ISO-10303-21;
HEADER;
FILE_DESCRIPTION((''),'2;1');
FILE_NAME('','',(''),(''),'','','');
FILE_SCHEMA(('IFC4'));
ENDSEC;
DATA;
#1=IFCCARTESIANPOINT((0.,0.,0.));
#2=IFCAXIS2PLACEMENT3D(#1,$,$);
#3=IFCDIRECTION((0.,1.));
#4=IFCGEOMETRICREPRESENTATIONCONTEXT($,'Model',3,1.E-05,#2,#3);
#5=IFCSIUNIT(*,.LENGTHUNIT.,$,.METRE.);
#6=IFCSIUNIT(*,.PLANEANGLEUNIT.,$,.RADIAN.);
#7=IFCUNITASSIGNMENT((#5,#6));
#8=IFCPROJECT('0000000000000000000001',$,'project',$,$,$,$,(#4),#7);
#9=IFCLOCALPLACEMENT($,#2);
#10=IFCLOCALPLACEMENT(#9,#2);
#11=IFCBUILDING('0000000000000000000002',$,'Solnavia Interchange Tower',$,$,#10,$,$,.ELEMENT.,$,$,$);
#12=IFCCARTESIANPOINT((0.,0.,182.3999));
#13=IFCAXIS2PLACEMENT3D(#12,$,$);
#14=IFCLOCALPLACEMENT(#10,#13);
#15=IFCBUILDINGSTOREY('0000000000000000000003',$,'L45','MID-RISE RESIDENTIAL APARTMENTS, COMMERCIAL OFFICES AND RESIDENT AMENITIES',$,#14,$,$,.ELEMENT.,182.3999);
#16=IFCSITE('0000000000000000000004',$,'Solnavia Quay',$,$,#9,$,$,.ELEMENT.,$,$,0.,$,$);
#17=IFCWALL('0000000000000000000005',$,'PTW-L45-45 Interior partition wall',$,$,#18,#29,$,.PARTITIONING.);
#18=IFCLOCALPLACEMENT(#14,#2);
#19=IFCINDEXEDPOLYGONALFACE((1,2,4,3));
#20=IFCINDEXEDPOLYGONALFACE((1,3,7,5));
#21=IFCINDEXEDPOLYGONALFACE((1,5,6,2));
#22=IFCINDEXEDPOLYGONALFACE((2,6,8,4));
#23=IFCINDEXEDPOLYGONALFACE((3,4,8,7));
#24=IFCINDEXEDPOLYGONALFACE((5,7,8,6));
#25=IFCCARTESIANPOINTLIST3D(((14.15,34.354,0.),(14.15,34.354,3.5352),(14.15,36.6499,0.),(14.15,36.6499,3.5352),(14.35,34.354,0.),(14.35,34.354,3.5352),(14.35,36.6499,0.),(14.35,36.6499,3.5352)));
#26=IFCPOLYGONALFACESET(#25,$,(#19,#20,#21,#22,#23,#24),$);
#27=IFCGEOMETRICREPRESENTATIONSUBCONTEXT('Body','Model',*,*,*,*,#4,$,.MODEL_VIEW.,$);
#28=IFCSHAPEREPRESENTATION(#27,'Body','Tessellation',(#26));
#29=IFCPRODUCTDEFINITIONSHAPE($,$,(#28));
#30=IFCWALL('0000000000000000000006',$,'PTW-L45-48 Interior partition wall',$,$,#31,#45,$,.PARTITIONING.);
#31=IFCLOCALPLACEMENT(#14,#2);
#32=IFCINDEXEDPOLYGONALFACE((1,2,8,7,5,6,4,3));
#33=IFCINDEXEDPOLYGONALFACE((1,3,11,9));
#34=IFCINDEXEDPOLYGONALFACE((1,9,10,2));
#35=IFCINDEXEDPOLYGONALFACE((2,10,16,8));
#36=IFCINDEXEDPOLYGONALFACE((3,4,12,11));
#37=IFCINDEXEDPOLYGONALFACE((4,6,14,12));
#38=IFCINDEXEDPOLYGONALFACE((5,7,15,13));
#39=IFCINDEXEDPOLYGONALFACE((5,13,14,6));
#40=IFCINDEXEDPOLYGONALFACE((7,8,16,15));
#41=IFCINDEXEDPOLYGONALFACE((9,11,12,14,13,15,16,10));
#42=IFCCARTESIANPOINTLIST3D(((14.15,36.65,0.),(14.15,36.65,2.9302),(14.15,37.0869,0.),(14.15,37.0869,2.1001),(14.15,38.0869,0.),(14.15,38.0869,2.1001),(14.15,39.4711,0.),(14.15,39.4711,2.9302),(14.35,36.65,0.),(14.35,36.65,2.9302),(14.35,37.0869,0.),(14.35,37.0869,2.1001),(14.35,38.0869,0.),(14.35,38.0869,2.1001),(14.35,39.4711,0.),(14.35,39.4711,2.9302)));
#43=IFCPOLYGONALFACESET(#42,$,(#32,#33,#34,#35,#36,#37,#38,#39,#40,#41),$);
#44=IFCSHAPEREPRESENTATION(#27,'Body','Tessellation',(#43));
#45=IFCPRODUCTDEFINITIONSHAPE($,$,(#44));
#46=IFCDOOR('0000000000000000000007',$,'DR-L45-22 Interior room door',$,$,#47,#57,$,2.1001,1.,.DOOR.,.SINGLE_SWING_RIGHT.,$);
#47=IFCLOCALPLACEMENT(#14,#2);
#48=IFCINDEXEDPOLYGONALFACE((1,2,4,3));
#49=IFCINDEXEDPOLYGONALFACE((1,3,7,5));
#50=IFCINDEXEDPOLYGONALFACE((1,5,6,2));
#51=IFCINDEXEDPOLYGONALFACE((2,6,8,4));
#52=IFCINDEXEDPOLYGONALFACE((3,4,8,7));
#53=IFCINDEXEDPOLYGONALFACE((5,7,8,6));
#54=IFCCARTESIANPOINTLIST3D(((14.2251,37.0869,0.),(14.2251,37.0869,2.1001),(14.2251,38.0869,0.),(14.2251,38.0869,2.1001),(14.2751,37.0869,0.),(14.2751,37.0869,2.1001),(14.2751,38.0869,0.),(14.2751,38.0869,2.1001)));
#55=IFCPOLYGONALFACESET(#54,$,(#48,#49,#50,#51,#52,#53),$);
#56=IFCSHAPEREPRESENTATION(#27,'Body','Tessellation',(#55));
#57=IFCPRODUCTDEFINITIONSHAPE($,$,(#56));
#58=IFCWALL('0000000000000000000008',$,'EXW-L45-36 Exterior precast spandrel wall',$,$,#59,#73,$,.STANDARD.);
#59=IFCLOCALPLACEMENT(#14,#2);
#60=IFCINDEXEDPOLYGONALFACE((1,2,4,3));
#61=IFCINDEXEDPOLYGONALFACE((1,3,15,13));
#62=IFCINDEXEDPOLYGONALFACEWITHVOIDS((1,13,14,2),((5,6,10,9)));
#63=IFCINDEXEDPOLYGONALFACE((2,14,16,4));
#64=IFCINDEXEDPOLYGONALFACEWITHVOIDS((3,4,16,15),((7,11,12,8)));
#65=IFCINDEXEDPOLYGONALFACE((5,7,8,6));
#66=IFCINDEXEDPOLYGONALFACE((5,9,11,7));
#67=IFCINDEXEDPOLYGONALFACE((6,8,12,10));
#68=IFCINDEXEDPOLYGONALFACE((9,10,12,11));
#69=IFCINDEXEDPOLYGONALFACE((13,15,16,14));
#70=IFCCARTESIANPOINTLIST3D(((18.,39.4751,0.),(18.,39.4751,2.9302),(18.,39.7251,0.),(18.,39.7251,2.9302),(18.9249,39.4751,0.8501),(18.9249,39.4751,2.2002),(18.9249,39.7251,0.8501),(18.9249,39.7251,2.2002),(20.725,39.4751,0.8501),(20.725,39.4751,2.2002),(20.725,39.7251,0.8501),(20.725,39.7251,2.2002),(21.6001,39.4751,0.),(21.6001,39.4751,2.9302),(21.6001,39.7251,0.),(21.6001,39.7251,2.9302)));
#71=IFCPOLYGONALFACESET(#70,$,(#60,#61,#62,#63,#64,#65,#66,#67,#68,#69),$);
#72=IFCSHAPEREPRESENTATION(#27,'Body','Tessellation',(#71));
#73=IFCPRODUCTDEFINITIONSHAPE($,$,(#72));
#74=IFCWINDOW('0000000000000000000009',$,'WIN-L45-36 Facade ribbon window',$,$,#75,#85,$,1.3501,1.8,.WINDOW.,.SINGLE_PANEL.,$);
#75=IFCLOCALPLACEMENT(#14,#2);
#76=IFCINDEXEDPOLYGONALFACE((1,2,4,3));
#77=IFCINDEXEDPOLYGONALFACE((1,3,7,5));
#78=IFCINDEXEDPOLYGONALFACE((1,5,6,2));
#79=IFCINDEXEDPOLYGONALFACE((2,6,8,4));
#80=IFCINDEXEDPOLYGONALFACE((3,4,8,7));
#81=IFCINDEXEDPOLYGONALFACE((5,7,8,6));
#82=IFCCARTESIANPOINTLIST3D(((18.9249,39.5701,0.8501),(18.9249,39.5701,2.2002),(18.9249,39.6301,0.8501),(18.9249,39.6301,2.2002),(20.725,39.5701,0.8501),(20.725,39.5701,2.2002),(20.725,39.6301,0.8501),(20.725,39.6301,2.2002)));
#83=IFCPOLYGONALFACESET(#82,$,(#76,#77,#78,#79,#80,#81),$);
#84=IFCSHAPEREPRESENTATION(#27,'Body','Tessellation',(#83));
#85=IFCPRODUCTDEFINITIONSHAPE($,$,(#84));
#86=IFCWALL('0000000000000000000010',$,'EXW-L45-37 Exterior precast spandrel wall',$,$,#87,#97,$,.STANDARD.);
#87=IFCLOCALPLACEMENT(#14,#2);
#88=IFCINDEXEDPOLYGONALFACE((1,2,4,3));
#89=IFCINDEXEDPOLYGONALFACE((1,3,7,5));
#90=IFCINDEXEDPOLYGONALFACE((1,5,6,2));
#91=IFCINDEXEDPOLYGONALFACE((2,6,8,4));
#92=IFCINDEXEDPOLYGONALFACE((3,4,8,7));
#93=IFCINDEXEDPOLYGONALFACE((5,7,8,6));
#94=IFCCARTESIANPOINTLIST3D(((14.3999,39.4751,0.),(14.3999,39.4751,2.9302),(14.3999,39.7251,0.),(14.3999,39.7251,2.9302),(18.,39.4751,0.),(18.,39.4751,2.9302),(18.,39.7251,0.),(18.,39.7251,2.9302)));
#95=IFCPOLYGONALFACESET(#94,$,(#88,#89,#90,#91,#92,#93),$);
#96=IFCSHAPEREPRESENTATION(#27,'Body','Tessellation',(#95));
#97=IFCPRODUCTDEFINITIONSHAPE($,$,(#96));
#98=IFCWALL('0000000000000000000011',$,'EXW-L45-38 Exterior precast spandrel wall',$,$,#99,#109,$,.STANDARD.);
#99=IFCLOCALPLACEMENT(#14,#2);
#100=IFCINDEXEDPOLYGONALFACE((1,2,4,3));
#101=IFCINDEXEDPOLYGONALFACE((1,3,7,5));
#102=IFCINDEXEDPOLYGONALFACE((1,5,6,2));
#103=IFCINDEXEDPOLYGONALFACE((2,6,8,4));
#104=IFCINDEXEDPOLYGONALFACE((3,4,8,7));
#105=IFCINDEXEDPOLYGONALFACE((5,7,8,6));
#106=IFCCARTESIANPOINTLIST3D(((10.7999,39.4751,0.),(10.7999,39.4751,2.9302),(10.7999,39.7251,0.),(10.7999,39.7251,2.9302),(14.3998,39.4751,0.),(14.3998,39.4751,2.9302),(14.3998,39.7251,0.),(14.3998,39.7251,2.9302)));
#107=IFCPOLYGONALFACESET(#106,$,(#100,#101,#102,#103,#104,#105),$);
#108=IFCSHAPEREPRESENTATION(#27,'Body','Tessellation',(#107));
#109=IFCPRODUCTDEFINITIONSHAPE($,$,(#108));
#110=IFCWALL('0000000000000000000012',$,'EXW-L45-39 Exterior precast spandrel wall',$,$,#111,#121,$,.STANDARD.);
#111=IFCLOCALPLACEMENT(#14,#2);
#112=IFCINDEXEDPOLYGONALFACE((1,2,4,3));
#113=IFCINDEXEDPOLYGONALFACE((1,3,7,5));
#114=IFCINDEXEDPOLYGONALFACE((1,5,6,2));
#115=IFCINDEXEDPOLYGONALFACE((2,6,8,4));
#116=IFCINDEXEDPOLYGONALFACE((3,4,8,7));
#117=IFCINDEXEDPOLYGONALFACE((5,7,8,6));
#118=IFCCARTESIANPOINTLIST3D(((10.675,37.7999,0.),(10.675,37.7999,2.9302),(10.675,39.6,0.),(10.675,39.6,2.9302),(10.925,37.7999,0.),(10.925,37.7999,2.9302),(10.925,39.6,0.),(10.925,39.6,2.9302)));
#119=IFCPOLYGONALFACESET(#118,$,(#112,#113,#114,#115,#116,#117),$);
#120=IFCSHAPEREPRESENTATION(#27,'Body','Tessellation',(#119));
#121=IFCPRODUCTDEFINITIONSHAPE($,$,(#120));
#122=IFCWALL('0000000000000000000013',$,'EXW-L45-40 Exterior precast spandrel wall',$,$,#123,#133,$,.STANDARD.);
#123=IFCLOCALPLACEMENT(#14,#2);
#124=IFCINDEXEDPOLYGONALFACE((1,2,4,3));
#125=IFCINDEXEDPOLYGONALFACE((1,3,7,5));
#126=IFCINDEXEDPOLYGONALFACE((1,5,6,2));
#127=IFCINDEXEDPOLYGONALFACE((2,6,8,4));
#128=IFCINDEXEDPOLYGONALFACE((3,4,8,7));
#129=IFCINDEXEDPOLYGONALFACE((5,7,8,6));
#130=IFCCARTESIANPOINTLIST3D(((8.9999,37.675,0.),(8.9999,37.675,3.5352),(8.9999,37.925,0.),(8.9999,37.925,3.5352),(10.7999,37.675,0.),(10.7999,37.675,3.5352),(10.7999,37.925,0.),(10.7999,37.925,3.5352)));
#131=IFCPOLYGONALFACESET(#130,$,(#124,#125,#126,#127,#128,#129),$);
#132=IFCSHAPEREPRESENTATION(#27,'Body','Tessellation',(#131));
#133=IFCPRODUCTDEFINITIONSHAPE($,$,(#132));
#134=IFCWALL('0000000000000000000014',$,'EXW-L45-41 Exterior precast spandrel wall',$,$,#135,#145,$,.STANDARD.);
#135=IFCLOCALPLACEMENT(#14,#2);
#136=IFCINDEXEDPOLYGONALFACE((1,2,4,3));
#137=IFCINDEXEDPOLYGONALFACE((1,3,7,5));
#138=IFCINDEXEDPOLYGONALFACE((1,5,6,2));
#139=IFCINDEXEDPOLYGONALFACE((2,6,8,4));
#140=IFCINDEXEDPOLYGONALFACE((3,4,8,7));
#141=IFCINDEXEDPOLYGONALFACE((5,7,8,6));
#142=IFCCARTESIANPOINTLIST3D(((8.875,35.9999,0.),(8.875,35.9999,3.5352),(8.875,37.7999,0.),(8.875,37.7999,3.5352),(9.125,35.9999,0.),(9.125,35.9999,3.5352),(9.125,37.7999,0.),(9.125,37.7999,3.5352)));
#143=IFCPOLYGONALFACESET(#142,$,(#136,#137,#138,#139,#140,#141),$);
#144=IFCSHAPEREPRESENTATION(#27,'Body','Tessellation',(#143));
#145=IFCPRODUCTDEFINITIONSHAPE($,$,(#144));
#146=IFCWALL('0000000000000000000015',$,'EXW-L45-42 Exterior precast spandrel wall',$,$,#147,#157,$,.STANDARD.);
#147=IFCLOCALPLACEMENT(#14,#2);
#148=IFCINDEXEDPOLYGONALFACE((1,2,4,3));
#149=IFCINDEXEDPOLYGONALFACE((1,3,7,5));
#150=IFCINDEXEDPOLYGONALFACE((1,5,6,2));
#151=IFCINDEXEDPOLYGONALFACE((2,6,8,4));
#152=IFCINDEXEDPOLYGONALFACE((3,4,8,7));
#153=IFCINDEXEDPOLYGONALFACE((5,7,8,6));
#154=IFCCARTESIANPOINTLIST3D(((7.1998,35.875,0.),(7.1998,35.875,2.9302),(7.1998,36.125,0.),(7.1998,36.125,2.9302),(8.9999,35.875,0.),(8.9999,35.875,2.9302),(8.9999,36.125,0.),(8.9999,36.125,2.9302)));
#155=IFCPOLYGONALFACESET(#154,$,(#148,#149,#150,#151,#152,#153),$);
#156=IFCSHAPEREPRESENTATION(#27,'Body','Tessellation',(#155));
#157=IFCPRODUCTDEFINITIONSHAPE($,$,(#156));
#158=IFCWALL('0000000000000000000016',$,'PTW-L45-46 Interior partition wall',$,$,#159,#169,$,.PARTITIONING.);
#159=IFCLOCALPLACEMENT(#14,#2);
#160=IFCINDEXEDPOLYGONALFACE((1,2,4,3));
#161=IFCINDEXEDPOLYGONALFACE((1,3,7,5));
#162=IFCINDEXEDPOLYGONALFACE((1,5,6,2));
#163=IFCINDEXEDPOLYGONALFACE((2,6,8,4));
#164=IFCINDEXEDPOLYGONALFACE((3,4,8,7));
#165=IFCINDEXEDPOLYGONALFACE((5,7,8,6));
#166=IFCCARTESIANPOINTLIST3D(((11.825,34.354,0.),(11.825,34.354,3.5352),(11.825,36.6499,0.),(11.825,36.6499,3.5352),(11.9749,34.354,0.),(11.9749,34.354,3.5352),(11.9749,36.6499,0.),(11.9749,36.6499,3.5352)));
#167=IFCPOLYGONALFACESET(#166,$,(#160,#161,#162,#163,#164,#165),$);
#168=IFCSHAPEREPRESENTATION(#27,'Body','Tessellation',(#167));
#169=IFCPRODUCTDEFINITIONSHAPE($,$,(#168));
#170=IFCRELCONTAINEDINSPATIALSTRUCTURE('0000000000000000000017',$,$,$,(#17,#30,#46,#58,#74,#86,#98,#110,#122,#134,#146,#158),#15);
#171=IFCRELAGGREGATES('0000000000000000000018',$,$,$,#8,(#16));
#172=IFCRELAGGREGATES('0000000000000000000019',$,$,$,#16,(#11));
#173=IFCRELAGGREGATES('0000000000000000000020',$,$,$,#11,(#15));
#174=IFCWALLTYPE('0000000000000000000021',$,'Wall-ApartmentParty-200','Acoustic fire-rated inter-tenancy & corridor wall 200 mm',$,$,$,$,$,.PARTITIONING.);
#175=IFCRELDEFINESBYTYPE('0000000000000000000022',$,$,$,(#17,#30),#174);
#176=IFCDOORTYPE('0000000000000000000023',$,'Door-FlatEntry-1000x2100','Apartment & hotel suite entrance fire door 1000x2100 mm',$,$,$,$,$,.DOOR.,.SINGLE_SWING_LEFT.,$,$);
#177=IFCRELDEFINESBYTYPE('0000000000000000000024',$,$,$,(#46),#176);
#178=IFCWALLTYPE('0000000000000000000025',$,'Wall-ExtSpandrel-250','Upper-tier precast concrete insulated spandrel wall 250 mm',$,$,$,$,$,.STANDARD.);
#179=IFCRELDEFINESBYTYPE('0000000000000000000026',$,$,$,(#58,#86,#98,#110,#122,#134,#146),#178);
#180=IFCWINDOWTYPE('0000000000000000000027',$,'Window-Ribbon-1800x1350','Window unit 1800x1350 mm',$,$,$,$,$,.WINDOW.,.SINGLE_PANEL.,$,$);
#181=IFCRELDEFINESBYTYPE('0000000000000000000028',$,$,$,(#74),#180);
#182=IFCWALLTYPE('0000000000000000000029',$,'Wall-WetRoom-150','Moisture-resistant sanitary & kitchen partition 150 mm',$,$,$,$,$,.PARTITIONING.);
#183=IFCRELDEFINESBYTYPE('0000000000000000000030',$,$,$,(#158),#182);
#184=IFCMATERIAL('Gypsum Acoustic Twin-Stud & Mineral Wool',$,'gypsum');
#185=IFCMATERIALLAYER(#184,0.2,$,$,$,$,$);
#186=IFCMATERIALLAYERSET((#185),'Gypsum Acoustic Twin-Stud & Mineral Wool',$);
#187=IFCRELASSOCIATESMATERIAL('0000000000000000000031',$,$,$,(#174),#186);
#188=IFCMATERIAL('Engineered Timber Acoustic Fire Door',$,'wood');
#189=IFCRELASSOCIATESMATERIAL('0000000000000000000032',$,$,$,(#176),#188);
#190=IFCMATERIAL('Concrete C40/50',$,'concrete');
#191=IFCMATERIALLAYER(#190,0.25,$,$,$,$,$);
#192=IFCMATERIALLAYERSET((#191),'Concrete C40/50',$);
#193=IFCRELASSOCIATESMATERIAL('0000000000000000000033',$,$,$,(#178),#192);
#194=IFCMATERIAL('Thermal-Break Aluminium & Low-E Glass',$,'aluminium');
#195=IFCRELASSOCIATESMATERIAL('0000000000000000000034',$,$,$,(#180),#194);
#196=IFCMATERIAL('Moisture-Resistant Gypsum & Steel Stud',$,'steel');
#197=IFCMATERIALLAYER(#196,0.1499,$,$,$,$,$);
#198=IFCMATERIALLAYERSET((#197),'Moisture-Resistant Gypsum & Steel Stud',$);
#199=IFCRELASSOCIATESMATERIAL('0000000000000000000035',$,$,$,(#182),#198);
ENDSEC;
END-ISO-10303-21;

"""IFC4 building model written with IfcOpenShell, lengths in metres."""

from ifc_helpers import new_model, si_unit, direction, frame, frame_2d, origin, place, context, subcontext, project, spatial, rectangle, extrude, material, layer, layer_set, type_object, element, fill, save


model = new_model("IFC4")

# Units and contexts
model_context = context("Model", 3, precision=1e-05, world=origin(), true_north=direction((0.0, 1.0)))
body_context = subcontext(model_context, "Body", "Model", "MODEL_VIEW")
ifc_project = project(units=[si_unit("LENGTHUNIT", "METRE"), si_unit("PLANEANGLEUNIT", "RADIAN")], contexts=[model_context])

# Site, building, storey
site_placement = place(None, origin())
site = spatial("IfcSite", under=ifc_project, at=site_placement, Name="Solnavia Quay", CompositionType="ELEMENT", RefElevation=0.0)
building_placement = place(site_placement, origin())
building = spatial("IfcBuilding", under=site, at=building_placement, Name="Solnavia Interchange Tower", CompositionType="ELEMENT")
storey_placement = place(building_placement, frame((0.0, 0.0, 182.3999)))
storey = spatial("IfcBuildingStorey", under=building, at=storey_placement, Name="L45", Description="MID-RISE RESIDENTIAL APARTMENTS, COMMERCIAL OFFICES AND RESIDENT AMENITIES", CompositionType="ELEMENT", Elevation=182.3999)

# Wall
ifc_material_1 = material(Name="Gypsum Acoustic Twin-Stud & Mineral Wool", Category="gypsum")
ifc_layer_1 = layer(ifc_material_1, 0.2)
ifc_layer_set_1 = layer_set([ifc_layer_1], Name="Gypsum Acoustic Twin-Stud & Mineral Wool")
wall_type_1 = type_object("IfcWallType", Name="Wall-ApartmentParty-200", Description="Acoustic fire-rated inter-tenancy & corridor wall 200 mm", PredefinedType="PARTITIONING", material=ifc_layer_set_1)
wall_1_placement = place(storey_placement, frame((14.25, 34.354, 0.0), z_axis=(0.0, 0.0, 1.0), x_axis=(0.0, 1.0, 0.0)))
element("IfcWall", 1, at=wall_1_placement, inside=storey, type_object=wall_type_1, Name="PTW-L45-45 Interior partition wall", PredefinedType="PARTITIONING", context=body_context, shape_type="SweptSolid", body=[
    extrude(rectangle(XDim=2.2959, YDim=0.2, at=frame_2d((1.1479, 0.0))), origin(), (0.0, 0.0, 1.0), 3.5352),
])

# Wall, opening, door
wall_2_placement = place(storey_placement, frame((14.25, 36.6499, 0.0), z_axis=(0.0, 0.0, 1.0), x_axis=(0.0, 1.0, 0.0)))
wall_2 = element("IfcWall", 2, at=wall_2_placement, inside=storey, type_object=wall_type_1, Name="PTW-L45-48 Interior partition wall", PredefinedType="PARTITIONING", context=body_context, shape_type="SweptSolid", body=[
    extrude(rectangle(XDim=2.821, YDim=0.2, at=frame_2d((1.4106, 0.0))), origin(), (0.0, 0.0, 1.0), 2.9302),
])
opening_1_placement = place(wall_2_placement, frame((0.437, 0.0, 0.0)))
opening_1 = element("IfcOpeningElement", 3, at=opening_1_placement, cuts=wall_2, PredefinedType="OPENING", context=body_context, shape_type="SweptSolid", body=[
    extrude(rectangle(XDim=1.0, YDim=2.1001, at=frame_2d((0.5, 1.05))), frame((0.0, 0.1099, 0.0), z_axis=(0.0, -1.0, 0.0), x_axis=(1.0, 0.0, 0.0)), (0.0, 0.0, 1.0), 0.22),
])
ifc_material_2 = material(Name="Engineered Timber Acoustic Fire Door", Category="wood")
door_type_1 = type_object("IfcDoorType", Name="Door-FlatEntry-1000x2100", Description="Apartment & hotel suite entrance fire door 1000x2100 mm", OperationType="SINGLE_SWING_LEFT", PredefinedType="DOOR", material=ifc_material_2)
door_1_placement = place(opening_1_placement, origin())
door_1 = element("IfcDoor", 4, at=door_1_placement, inside=storey, type_object=door_type_1, Name="DR-L45-22 Interior room door", OperationType="SINGLE_SWING_RIGHT", OverallHeight=2.1001, OverallWidth=1.0, PredefinedType="DOOR", context=body_context, shape_type="SweptSolid", body=[
    extrude(rectangle(XDim=1.0, YDim=2.1001, at=frame_2d((0.5, 1.05))), frame((0.0, 0.0249, 0.0), z_axis=(0.0, -1.0, 0.0), x_axis=(1.0, 0.0, 0.0)), (0.0, 0.0, 1.0), 0.05),
])
fill(opening_1, door_1)

# Wall, opening, window
ifc_material_3 = material(Name="Concrete C40/50", Category="concrete")
ifc_layer_2 = layer(ifc_material_3, 0.25)
ifc_layer_set_2 = layer_set([ifc_layer_2], Name="Concrete C40/50")
wall_type_2 = type_object("IfcWallType", Name="Wall-ExtSpandrel-250", Description="Upper-tier precast concrete insulated spandrel wall 250 mm", PredefinedType="STANDARD", material=ifc_layer_set_2)
wall_3_placement = place(storey_placement, frame((18.0, 39.6001, 0.0), z_axis=(0.0, 0.0, 1.0), x_axis=(1.0, 0.0, 0.0)))
wall_3 = element("IfcWall", 5, at=wall_3_placement, inside=storey, type_object=wall_type_2, Name="EXW-L45-36 Exterior precast spandrel wall", PredefinedType="STANDARD", context=body_context, shape_type="SweptSolid", body=[
    extrude(rectangle(XDim=3.6001, YDim=0.25, at=frame_2d((1.8, 0.0))), origin(), (0.0, 0.0, 1.0), 2.9302),
])
opening_2_placement = place(wall_3_placement, frame((0.925, 0.0, 0.8501)))
opening_2 = element("IfcOpeningElement", 6, at=opening_2_placement, cuts=wall_3, PredefinedType="OPENING", context=body_context, shape_type="SweptSolid", body=[
    extrude(rectangle(XDim=1.8, YDim=1.3501, at=frame_2d((0.8999, 0.675))), frame((0.0, 0.135, 0.0), z_axis=(0.0, -1.0, 0.0), x_axis=(1.0, 0.0, 0.0)), (0.0, 0.0, 1.0), 0.27),
])
ifc_material_4 = material(Name="Thermal-Break Aluminium & Low-E Glass", Category="aluminium")
window_type = type_object("IfcWindowType", Name="Window-Ribbon-1800x1350", Description="Window unit 1800x1350 mm", PartitioningType="SINGLE_PANEL", PredefinedType="WINDOW", material=ifc_material_4)
window_placement = place(opening_2_placement, origin())
window = element("IfcWindow", 7, at=window_placement, inside=storey, type_object=window_type, Name="WIN-L45-36 Facade ribbon window", OverallHeight=1.3501, OverallWidth=1.8, PartitioningType="SINGLE_PANEL", PredefinedType="WINDOW", context=body_context, shape_type="SweptSolid", body=[
    extrude(rectangle(XDim=1.8, YDim=1.3501, at=frame_2d((0.8999, 0.675))), frame((0.0, 0.03, 0.0), z_axis=(0.0, -1.0, 0.0), x_axis=(1.0, 0.0, 0.0)), (0.0, 0.0, 1.0), 0.0601),
])
fill(opening_2, window)

# Walls
wall_4_placement = place(storey_placement, frame((14.3999, 39.6001, 0.0), z_axis=(0.0, 0.0, 1.0), x_axis=(1.0, 0.0, 0.0)))
element("IfcWall", 8, at=wall_4_placement, inside=storey, type_object=wall_type_2, Name="EXW-L45-37 Exterior precast spandrel wall", PredefinedType="STANDARD", context=body_context, shape_type="SweptSolid", body=[
    extrude(rectangle(XDim=3.6001, YDim=0.25, at=frame_2d((1.8, 0.0))), origin(), (0.0, 0.0, 1.0), 2.9302),
])
wall_5_placement = place(storey_placement, frame((10.8, 39.6001, 0.0), z_axis=(0.0, 0.0, 1.0), x_axis=(1.0, 0.0, 0.0)))
element("IfcWall", 9, at=wall_5_placement, inside=storey, type_object=wall_type_2, Name="EXW-L45-38 Exterior precast spandrel wall", PredefinedType="STANDARD", context=body_context, shape_type="SweptSolid", body=[
    extrude(rectangle(XDim=3.5999, YDim=0.25, at=frame_2d((1.7998, 0.0))), origin(), (0.0, 0.0, 1.0), 2.9302),
])
wall_6_placement = place(storey_placement, frame((10.8, 37.8, 0.0), z_axis=(0.0, 0.0, 1.0), x_axis=(0.0, 1.0, 0.0)))
element("IfcWall", 10, at=wall_6_placement, inside=storey, type_object=wall_type_2, Name="EXW-L45-39 Exterior precast spandrel wall", PredefinedType="STANDARD", context=body_context, shape_type="SweptSolid", body=[
    extrude(rectangle(XDim=1.8, YDim=0.25, at=frame_2d((0.8999, 0.0))), origin(), (0.0, 0.0, 1.0), 2.9302),
])
for number, where, z_axis, x_axis, name in (
    (11, (9.0, 37.8, 0.0), (0.0, 0.0, 1.0), (1.0, 0.0, 0.0), "EXW-L45-40 Exterior precast spandrel wall"),
    (12, (9.0, 36.0, 0.0), (0.0, 0.0, 1.0), (0.0, 1.0, 0.0), "EXW-L45-41 Exterior precast spandrel wall"),
):
    element("IfcWall", number, at=place(storey_placement, frame(where, z_axis=z_axis, x_axis=x_axis)), inside=storey, type_object=wall_type_2, Name=name, PredefinedType="STANDARD", context=body_context, shape_type="SweptSolid", body=[
        extrude(rectangle(XDim=1.8, YDim=0.25, at=frame_2d((0.8999, 0.0))), origin(), (0.0, 0.0, 1.0), 3.5352),
    ])
wall_7_placement = place(storey_placement, frame((7.2, 36.0, 0.0), z_axis=(0.0, 0.0, 1.0), x_axis=(1.0, 0.0, 0.0)))
element("IfcWall", 13, at=wall_7_placement, inside=storey, type_object=wall_type_2, Name="EXW-L45-42 Exterior precast spandrel wall", PredefinedType="STANDARD", context=body_context, shape_type="SweptSolid", body=[
    extrude(rectangle(XDim=1.8, YDim=0.25, at=frame_2d((0.8999, 0.0))), origin(), (0.0, 0.0, 1.0), 2.9302),
])
ifc_material_5 = material(Name="Moisture-Resistant Gypsum & Steel Stud", Category="steel")
ifc_layer_3 = layer(ifc_material_5, 0.1499)
ifc_layer_set_3 = layer_set([ifc_layer_3], Name="Moisture-Resistant Gypsum & Steel Stud")
wall_type_3 = type_object("IfcWallType", Name="Wall-WetRoom-150", Description="Moisture-resistant sanitary & kitchen partition 150 mm", PredefinedType="PARTITIONING", material=ifc_layer_set_3)
wall_8_placement = place(storey_placement, frame((11.8999, 34.354, 0.0), z_axis=(0.0, 0.0, 1.0), x_axis=(0.0, 1.0, 0.0)))
element("IfcWall", 14, at=wall_8_placement, inside=storey, type_object=wall_type_3, Name="PTW-L45-46 Interior partition wall", PredefinedType="PARTITIONING", context=body_context, shape_type="SweptSolid", body=[
    extrude(rectangle(XDim=2.2959, YDim=0.1499, at=frame_2d((1.1479, 0.0))), origin(), (0.0, 0.0, 1.0), 3.5352),
])

save(model, "model.ifc")
